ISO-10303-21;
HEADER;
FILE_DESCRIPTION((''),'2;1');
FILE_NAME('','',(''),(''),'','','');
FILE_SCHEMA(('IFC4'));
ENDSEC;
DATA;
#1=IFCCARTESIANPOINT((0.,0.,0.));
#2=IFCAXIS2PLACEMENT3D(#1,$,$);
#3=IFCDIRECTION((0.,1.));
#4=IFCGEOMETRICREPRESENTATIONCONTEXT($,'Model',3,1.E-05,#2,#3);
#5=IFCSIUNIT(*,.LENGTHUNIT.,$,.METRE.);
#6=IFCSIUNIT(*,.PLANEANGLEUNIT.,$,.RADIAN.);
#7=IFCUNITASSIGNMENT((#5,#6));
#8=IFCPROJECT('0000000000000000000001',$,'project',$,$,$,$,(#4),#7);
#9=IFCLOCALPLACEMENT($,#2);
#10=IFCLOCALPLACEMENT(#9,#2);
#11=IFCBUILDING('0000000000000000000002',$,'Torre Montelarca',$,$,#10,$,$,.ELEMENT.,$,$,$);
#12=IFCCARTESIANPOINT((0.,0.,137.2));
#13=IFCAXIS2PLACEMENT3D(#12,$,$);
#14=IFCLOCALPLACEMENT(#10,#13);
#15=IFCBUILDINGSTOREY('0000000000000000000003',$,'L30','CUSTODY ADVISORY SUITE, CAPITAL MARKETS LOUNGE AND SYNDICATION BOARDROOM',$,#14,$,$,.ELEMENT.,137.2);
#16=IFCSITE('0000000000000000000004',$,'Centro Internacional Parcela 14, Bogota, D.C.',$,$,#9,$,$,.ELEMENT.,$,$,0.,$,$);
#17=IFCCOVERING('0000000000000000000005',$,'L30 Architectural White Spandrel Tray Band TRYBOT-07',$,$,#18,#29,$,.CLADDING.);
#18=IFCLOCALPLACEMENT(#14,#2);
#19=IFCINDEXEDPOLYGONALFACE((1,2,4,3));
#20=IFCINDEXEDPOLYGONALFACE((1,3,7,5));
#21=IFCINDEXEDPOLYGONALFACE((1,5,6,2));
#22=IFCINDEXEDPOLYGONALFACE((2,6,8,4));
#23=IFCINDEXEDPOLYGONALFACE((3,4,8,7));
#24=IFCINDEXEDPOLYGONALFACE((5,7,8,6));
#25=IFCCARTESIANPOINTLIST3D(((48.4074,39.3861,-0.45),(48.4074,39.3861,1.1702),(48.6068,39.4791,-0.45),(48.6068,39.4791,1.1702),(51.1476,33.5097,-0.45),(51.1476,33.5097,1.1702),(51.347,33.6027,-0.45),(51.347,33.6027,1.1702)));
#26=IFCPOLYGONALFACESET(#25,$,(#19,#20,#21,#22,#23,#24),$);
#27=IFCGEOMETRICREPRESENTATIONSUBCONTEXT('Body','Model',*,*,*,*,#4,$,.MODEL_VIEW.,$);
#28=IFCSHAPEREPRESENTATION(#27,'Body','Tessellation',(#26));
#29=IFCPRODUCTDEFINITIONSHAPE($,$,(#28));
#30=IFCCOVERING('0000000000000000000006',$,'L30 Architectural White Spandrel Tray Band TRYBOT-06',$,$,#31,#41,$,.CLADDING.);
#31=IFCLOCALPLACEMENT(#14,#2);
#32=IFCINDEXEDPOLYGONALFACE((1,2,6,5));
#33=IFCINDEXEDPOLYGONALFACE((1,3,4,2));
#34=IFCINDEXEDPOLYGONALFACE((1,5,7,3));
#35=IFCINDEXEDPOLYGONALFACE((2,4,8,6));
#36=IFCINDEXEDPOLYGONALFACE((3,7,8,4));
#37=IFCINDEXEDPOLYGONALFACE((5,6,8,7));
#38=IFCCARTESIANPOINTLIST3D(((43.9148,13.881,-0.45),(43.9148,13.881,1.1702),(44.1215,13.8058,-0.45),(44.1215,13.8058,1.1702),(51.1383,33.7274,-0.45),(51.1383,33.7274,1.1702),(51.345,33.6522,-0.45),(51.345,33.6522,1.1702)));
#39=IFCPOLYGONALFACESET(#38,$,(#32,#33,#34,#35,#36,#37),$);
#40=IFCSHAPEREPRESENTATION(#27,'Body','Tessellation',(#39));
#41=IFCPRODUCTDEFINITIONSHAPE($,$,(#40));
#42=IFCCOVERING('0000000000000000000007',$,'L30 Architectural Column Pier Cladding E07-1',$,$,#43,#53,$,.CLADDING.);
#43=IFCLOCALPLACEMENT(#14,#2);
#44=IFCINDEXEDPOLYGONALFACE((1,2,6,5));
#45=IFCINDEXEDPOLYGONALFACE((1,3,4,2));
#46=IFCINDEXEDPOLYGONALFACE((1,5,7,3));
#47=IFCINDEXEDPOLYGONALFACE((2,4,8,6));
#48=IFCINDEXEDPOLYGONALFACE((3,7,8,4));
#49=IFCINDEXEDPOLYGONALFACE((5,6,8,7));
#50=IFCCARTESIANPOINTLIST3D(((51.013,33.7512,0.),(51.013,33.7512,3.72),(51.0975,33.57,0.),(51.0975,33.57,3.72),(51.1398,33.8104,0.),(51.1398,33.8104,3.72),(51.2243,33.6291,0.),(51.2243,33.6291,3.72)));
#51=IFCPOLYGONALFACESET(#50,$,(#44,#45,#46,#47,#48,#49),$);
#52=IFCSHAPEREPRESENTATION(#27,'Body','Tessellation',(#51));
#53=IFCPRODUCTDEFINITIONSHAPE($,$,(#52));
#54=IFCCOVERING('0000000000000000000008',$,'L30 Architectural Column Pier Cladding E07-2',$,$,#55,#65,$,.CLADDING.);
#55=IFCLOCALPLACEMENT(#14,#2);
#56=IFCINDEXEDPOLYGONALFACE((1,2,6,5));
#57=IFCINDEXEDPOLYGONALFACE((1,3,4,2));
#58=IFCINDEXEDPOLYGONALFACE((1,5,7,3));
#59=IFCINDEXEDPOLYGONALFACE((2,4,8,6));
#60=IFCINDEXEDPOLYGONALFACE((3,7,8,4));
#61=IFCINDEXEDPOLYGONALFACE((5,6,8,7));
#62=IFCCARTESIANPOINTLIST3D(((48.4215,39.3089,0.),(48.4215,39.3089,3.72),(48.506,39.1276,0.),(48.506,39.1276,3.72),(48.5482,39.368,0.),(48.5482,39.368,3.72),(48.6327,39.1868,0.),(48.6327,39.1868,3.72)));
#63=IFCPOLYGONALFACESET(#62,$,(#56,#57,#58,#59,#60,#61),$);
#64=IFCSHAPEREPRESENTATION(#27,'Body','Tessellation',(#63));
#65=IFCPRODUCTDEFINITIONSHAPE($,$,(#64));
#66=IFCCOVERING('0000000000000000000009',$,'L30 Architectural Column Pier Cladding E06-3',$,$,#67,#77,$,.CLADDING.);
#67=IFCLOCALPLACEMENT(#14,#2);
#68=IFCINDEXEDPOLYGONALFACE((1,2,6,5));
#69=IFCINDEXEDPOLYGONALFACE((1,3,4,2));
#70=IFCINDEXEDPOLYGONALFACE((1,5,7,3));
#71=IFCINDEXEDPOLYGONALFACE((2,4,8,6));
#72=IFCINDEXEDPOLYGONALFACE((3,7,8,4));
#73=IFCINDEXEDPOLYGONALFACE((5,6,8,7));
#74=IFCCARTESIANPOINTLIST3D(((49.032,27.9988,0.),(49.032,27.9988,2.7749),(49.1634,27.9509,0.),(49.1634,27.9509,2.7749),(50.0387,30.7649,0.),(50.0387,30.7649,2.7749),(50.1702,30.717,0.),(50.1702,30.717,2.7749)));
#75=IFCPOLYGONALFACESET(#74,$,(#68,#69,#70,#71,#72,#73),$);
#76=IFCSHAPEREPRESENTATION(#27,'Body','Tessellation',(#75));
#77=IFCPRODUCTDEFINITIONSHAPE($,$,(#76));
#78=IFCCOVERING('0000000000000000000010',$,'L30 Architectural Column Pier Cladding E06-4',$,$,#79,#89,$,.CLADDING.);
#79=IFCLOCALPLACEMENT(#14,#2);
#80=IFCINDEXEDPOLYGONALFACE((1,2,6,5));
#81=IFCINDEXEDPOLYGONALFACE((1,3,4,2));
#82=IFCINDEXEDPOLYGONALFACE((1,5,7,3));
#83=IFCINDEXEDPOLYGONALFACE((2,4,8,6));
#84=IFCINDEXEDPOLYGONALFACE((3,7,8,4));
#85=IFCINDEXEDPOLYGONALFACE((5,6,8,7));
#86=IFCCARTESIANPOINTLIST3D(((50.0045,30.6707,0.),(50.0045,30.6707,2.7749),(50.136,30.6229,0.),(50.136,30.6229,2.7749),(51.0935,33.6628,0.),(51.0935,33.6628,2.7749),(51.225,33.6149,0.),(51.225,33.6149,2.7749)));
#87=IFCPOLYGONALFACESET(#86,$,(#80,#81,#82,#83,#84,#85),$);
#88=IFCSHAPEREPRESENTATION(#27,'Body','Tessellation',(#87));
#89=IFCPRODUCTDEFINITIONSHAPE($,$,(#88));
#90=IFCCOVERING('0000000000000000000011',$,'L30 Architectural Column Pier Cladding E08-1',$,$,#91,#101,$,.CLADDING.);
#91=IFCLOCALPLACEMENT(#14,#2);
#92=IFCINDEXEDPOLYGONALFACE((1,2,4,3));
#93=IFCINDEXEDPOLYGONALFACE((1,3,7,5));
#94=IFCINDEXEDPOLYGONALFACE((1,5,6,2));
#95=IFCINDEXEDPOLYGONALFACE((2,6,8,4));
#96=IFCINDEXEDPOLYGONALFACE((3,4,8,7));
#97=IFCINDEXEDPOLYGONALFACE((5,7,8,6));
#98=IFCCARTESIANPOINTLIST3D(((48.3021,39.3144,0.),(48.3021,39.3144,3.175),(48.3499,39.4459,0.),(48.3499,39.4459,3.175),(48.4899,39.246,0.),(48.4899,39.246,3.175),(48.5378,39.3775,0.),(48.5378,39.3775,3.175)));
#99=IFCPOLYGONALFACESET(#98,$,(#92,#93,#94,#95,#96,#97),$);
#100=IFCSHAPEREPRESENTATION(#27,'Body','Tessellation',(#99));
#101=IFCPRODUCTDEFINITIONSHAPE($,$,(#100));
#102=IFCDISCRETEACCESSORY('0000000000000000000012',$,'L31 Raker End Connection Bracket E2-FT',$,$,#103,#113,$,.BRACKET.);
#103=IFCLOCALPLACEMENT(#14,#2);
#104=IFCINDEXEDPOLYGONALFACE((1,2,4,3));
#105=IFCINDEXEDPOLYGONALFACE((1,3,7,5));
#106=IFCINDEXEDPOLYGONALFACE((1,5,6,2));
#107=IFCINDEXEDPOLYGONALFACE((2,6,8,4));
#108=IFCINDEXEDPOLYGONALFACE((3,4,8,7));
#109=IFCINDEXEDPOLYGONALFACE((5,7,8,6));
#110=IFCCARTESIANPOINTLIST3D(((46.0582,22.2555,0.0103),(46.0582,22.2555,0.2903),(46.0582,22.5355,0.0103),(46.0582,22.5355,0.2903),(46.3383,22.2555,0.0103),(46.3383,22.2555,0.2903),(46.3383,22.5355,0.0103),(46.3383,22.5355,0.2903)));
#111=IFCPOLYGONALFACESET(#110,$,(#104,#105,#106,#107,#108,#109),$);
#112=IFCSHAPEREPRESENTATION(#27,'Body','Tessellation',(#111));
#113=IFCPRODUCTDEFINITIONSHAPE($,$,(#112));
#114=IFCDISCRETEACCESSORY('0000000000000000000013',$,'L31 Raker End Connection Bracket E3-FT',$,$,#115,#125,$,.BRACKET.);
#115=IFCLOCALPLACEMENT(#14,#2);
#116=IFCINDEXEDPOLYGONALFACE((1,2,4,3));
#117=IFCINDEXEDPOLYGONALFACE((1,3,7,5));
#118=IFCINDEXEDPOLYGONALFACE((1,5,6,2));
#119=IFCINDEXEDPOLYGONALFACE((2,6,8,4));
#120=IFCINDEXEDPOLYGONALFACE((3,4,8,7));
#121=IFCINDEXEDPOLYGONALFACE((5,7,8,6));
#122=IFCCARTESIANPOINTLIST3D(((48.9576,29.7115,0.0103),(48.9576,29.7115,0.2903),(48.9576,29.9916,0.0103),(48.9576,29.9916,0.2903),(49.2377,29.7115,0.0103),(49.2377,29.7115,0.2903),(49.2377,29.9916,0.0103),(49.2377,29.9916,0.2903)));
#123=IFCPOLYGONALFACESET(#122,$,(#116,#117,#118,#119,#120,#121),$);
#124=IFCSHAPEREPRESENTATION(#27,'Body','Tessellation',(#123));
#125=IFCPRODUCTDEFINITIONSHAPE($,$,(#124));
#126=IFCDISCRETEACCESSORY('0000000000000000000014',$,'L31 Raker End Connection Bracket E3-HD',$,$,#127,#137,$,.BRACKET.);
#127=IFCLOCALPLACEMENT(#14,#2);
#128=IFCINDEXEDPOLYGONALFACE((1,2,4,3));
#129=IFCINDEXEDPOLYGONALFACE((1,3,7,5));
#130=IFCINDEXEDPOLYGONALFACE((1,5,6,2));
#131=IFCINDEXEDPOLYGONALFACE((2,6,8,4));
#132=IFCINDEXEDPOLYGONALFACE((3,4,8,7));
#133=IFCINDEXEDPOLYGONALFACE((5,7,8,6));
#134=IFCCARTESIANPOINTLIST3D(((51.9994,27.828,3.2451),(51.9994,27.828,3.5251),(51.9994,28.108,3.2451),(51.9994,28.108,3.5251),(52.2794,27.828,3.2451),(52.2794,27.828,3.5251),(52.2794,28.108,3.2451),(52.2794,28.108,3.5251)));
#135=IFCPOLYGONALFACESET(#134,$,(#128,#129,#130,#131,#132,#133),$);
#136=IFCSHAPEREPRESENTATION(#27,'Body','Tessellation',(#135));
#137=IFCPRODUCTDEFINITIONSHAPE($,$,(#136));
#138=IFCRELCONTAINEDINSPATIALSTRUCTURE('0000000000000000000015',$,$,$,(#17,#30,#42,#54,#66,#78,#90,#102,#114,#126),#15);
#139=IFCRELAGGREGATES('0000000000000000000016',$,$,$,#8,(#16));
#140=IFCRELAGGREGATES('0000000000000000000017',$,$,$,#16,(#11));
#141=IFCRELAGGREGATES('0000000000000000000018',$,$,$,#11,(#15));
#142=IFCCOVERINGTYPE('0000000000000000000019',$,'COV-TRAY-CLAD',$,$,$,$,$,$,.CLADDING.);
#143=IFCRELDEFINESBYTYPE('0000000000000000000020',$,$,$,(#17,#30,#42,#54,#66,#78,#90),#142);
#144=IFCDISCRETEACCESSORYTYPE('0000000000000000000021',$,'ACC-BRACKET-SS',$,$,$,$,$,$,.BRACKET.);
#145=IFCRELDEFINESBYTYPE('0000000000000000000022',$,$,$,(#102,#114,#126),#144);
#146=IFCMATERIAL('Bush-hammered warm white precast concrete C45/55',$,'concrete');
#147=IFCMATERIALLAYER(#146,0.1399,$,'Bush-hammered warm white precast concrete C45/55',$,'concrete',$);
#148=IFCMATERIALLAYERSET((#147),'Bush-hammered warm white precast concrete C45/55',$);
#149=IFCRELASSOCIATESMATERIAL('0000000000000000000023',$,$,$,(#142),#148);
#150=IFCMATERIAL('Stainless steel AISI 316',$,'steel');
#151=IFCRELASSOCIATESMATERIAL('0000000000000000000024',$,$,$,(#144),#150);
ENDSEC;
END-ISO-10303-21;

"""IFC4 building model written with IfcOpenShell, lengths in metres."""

from ifc_helpers import new_model, si_unit, direction, frame, origin, origin_2d, place, context, subcontext, project, spatial, rectangle, extrude, source, transform, mapped, material, layer, layer_set, type_object, element, save


model = new_model("IFC4")

# Units and contexts
model_context = context("Model", 3, precision=1e-05, world=origin(), true_north=direction((0.0, 1.0)))
body_context = subcontext(model_context, "Body", "Model", "MODEL_VIEW")
ifc_project = project(units=[si_unit("LENGTHUNIT", "METRE"), si_unit("PLANEANGLEUNIT", "RADIAN")], contexts=[model_context])

# Site, building, storey
site_placement = place(None, origin())
site = spatial("IfcSite", under=ifc_project, at=site_placement, Name="Centro Internacional Parcela 14, Bogota, D.C.", CompositionType="ELEMENT", RefElevation=0.0)
building_placement = place(site_placement, origin())
building = spatial("IfcBuilding", under=site, at=building_placement, Name="Torre Montelarca", CompositionType="ELEMENT")
storey_placement = place(building_placement, frame((0.0, 0.0, 137.2)))
storey = spatial("IfcBuildingStorey", under=building, at=storey_placement, Name="L30", Description="CUSTODY ADVISORY SUITE, CAPITAL MARKETS LOUNGE AND SYNDICATION BOARDROOM", CompositionType="ELEMENT", Elevation=137.2)

# Coverings
ifc_material_1 = material(Name="Bush-hammered warm white precast concrete C45/55", Category="concrete")
ifc_layer_1 = layer(ifc_material_1, 0.1399, Name="Bush-hammered warm white precast concrete C45/55", Category="concrete")
ifc_layer_set_1 = layer_set([ifc_layer_1], Name="Bush-hammered warm white precast concrete C45/55")
covering_type = type_object("IfcCoveringType", Name="COV-TRAY-CLAD", PredefinedType="CLADDING", material=ifc_layer_set_1)
shared_shape_1 = source(origin(), body_context, "Body", "SweptSolid", [
    extrude(rectangle(XDim=6.4839, YDim=0.22, at=origin_2d()), origin(), (0.0, 0.0, 1.0), 1.6201),
])
covering_1_placement = place(storey_placement, frame((49.8772, 36.4944, -0.45), z_axis=(0.0, 0.0, 1.0), x_axis=(-0.422615, 0.906309, 0.0)))
element("IfcCovering", 1, at=covering_1_placement, inside=storey, type_object=covering_type, Name="L30 Architectural White Spandrel Tray Band TRYBOT-07", PredefinedType="CLADDING", context=body_context, shape_type="MappedRepresentation", body=[
    mapped(shared_shape_1, transform((0.0, 0.0, 0.0), scale=1.0)),
])
shared_shape_2 = source(origin(), body_context, "Body", "SweptSolid", [
    extrude(rectangle(XDim=21.1201, YDim=0.22, at=origin_2d()), origin(), (0.0, 0.0, 1.0), 1.6201),
])
covering_2_placement = place(storey_placement, frame((47.6299, 23.7666, -0.45), z_axis=(0.0, 0.0, 1.0), x_axis=(0.342019, 0.939693, 0.0)))
element("IfcCovering", 2, at=covering_2_placement, inside=storey, type_object=covering_type, Name="L30 Architectural White Spandrel Tray Band TRYBOT-06", PredefinedType="CLADDING", context=body_context, shape_type="MappedRepresentation", body=[
    mapped(shared_shape_2, transform((0.0, 0.0, 0.0), scale=1.0)),
])
shared_shape_3 = source(origin(), body_context, "Body", "SweptSolid", [
    extrude(rectangle(XDim=0.2, YDim=0.1399, at=origin_2d()), origin(), (0.0, 0.0, 1.0), 3.72),
])
for number, where, z_axis, x_axis, name in (
    (3, (51.1187, 33.6902, 0.0), (0.0, 0.0, 1.0), (-0.422612, 0.906311, 0.0), "L30 Architectural Column Pier Cladding E07-1"),
    (4, (48.5271, 39.2478, 0.0), (0.0, 0.0, 1.0), (-0.422612, 0.906311, 0.0), "L30 Architectural Column Pier Cladding E07-2"),
):
    element("IfcCovering", number, at=place(storey_placement, frame(where, z_axis=z_axis, x_axis=x_axis)), inside=storey, type_object=covering_type, Name=name, PredefinedType="CLADDING", context=body_context, shape_type="MappedRepresentation", body=[
        mapped(shared_shape_3, transform((0.0, 0.0, 0.0), scale=1.0)),
    ])
shared_shape_4 = source(origin(), body_context, "Body", "SweptSolid", [
    extrude(rectangle(XDim=2.9436, YDim=0.1399, at=origin_2d()), origin(), (0.0, 0.0, 1.0), 2.7749),
])
covering_3_placement = place(storey_placement, frame((49.6011, 29.3579, 0.0), z_axis=(0.0, 0.0, 1.0), x_axis=(0.342017, 0.939694, 0.0)))
element("IfcCovering", 5, at=covering_3_placement, inside=storey, type_object=covering_type, Name="L30 Architectural Column Pier Cladding E06-3", PredefinedType="CLADDING", context=body_context, shape_type="MappedRepresentation", body=[
    mapped(shared_shape_4, transform((0.0, 0.0, 0.0), scale=1.0)),
])
shared_shape_5 = source(origin(), body_context, "Body", "SweptSolid", [
    extrude(rectangle(XDim=3.1841, YDim=0.1399, at=origin_2d()), origin(), (0.0, 0.0, 1.0), 2.7749),
])
covering_4_placement = place(storey_placement, frame((50.6147, 32.1428, 0.0), z_axis=(0.0, 0.0, 1.0), x_axis=(0.342017, 0.939694, 0.0)))
element("IfcCovering", 6, at=covering_4_placement, inside=storey, type_object=covering_type, Name="L30 Architectural Column Pier Cladding E06-4", PredefinedType="CLADDING", context=body_context, shape_type="MappedRepresentation", body=[
    mapped(shared_shape_5, transform((0.0, 0.0, 0.0), scale=1.0)),
])
shared_shape_6 = source(origin(), body_context, "Body", "SweptSolid", [
    extrude(rectangle(XDim=0.2, YDim=0.1399, at=origin_2d()), origin(), (0.0, 0.0, 1.0), 3.175),
])
covering_5_placement = place(storey_placement, frame((48.4199, 39.3459, 0.0), z_axis=(0.0, 0.0, 1.0), x_axis=(-0.939694, 0.342017, 0.0)))
element("IfcCovering", 7, at=covering_5_placement, inside=storey, type_object=covering_type, Name="L30 Architectural Column Pier Cladding E08-1", PredefinedType="CLADDING", context=body_context, shape_type="MappedRepresentation", body=[
    mapped(shared_shape_6, transform((0.0, 0.0, 0.0), scale=1.0)),
])

# Discrete accessories
ifc_material_2 = material(Name="Stainless steel AISI 316", Category="steel")
discrete_accessory_type = type_object("IfcDiscreteAccessoryType", Name="ACC-BRACKET-SS", PredefinedType="BRACKET", material=ifc_material_2)
shared_shape_7 = source(origin(), body_context, "Body", "SweptSolid", [
    extrude(rectangle(XDim=0.28, YDim=0.28, at=origin_2d()), origin(), (0.0, 0.0, 1.0), 0.28),
])
for number, where, z_axis, x_axis, name in (
    (8, (46.1982, 22.3955, 0.0103), (0.0, 0.0, 1.0), (1.0, 0.0, 0.0), "L31 Raker End Connection Bracket E2-FT"),
    (9, (49.0977, 29.8516, 0.0103), (0.0, 0.0, 1.0), (1.0, 0.0, 0.0), "L31 Raker End Connection Bracket E3-FT"),
    (10, (52.1394, 27.968, 3.2451), (0.0, 0.0, 1.0), (1.0, 0.0, 0.0), "L31 Raker End Connection Bracket E3-HD"),
):
    element("IfcDiscreteAccessory", number, at=place(storey_placement, frame(where, z_axis=z_axis, x_axis=x_axis)), inside=storey, type_object=discrete_accessory_type, Name=name, PredefinedType="BRACKET", context=body_context, shape_type="MappedRepresentation", body=[
        mapped(shared_shape_7, transform((0.0, 0.0, 0.0), scale=1.0)),
    ])

save(model, "model.ifc")
